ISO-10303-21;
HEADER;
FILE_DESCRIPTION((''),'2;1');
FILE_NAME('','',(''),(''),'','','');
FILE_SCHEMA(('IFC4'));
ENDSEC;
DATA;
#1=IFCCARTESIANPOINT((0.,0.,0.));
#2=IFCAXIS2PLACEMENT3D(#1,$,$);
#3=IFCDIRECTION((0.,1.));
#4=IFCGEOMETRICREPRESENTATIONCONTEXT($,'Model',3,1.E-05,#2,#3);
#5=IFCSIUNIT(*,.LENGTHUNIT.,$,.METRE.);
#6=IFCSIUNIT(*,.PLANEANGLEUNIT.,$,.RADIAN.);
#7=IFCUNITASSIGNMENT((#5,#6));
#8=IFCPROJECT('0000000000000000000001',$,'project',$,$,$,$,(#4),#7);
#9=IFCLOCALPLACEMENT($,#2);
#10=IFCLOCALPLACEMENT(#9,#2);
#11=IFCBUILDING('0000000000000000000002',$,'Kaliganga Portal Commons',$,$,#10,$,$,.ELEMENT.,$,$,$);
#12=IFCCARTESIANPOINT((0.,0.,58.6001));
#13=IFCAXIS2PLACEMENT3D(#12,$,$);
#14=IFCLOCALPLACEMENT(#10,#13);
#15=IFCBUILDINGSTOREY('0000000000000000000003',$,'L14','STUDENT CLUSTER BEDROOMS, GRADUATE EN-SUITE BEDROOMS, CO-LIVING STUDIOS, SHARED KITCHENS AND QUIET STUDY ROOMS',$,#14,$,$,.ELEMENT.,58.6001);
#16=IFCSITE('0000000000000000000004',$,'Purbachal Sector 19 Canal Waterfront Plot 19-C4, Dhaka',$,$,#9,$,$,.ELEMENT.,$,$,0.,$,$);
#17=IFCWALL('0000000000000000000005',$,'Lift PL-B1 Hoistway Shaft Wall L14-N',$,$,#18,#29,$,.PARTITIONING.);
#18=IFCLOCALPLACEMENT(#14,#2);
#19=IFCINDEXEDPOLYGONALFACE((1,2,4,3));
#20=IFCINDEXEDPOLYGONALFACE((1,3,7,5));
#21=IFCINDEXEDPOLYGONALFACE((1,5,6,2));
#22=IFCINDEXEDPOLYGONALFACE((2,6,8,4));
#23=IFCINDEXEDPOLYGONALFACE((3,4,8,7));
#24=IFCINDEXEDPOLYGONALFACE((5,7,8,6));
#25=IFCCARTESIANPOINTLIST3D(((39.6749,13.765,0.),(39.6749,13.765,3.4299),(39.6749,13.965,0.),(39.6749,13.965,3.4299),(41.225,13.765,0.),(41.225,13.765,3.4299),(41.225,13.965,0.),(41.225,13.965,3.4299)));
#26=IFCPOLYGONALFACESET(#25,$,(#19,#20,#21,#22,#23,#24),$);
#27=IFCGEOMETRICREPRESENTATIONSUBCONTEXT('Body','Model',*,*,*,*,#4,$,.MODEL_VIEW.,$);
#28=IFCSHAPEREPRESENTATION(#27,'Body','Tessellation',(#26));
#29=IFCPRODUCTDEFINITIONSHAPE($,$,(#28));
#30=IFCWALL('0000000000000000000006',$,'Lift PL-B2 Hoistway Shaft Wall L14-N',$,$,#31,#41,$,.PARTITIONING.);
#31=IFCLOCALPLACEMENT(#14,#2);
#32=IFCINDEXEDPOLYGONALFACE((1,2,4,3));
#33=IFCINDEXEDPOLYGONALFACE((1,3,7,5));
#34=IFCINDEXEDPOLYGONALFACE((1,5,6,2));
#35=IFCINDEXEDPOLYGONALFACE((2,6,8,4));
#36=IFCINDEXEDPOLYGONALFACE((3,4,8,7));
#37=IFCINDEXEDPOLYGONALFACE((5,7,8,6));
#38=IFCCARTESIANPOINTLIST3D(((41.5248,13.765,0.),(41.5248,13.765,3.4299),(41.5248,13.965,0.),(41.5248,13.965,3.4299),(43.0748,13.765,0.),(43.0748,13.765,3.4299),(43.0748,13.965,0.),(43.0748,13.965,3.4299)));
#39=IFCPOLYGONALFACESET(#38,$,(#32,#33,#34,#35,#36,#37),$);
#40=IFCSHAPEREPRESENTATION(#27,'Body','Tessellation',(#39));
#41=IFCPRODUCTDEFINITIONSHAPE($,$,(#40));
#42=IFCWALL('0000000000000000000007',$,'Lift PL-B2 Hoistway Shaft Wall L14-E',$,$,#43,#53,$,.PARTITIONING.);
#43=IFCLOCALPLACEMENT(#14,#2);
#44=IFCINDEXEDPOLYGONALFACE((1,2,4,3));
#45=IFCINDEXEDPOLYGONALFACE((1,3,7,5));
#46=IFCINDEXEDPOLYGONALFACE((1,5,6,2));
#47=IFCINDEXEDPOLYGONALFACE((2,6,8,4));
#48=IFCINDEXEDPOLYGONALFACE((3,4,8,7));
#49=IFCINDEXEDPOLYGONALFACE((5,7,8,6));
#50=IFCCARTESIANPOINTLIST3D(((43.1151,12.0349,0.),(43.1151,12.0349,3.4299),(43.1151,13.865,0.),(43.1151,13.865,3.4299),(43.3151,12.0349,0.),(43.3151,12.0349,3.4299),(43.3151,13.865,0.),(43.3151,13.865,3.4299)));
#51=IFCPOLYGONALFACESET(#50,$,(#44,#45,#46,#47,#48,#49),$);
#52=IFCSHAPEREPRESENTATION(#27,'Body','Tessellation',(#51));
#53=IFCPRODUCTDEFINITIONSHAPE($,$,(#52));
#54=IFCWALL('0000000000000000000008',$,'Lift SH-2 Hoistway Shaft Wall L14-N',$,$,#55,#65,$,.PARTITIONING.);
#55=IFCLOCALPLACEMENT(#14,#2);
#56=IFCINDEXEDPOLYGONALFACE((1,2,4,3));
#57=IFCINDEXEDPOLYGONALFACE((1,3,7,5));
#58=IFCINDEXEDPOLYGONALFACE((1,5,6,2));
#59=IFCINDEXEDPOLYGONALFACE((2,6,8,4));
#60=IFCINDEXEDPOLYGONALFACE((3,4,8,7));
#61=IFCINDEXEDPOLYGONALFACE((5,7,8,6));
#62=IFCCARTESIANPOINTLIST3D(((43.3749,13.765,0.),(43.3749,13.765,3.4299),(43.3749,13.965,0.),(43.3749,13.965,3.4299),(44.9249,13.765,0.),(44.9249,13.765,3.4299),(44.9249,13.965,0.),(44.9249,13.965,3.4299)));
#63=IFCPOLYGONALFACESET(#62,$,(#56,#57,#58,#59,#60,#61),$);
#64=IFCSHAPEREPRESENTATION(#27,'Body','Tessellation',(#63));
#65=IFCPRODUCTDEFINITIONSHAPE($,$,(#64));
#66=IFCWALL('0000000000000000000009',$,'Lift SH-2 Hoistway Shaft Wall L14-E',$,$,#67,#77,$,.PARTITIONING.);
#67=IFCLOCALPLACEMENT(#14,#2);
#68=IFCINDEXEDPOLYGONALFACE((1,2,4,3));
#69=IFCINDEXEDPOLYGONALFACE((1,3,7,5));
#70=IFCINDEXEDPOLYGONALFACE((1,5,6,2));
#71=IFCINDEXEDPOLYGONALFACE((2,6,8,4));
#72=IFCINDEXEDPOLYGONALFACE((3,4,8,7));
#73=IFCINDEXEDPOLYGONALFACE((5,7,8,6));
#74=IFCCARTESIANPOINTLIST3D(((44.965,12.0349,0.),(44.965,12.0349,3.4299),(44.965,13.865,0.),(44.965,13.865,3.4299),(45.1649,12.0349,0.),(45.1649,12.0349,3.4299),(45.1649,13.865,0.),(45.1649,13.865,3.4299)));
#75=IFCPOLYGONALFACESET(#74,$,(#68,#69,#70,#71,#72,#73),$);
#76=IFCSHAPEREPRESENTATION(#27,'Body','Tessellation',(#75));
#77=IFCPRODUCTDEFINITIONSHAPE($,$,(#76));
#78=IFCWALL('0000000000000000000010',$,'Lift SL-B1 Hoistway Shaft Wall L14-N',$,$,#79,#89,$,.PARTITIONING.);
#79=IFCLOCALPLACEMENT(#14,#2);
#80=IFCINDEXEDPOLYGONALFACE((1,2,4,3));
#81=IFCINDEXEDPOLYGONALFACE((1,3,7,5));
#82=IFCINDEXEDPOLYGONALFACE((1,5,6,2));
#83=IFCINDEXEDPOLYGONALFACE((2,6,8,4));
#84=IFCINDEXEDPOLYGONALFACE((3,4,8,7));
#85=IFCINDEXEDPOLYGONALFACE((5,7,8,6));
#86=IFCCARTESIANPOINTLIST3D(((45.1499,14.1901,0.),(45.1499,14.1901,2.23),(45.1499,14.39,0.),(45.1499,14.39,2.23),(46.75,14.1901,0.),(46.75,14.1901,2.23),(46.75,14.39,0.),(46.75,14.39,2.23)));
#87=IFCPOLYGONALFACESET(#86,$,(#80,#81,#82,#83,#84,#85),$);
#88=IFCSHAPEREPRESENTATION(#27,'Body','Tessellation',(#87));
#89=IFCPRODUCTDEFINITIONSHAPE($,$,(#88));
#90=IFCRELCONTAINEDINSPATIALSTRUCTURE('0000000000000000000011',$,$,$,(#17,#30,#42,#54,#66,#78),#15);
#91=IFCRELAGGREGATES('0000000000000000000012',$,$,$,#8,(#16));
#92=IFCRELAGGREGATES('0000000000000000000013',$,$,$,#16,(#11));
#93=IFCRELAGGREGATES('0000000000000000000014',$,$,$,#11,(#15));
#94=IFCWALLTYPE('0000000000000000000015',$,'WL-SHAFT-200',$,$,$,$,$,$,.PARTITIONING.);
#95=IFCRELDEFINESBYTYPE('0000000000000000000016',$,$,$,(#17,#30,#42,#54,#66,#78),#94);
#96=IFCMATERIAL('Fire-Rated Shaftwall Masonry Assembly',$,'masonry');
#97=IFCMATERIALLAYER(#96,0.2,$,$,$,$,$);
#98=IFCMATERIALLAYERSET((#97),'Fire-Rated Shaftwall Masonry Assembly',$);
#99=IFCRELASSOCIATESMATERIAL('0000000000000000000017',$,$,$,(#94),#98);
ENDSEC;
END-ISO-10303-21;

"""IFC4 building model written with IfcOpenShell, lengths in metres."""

from ifc_helpers import new_model, si_unit, direction, frame, frame_2d, origin, place, context, subcontext, project, spatial, rectangle, extrude, material, layer, layer_set, type_object, element, save


model = new_model("IFC4")

# Units and contexts
model_context = context("Model", 3, precision=1e-05, world=origin(), true_north=direction((0.0, 1.0)))
body_context = subcontext(model_context, "Body", "Model", "MODEL_VIEW")
ifc_project = project(units=[si_unit("LENGTHUNIT", "METRE"), si_unit("PLANEANGLEUNIT", "RADIAN")], contexts=[model_context])

# Site, building, storey
site_placement = place(None, origin())
site = spatial("IfcSite", under=ifc_project, at=site_placement, Name="Purbachal Sector 19 Canal Waterfront Plot 19-C4, Dhaka", CompositionType="ELEMENT", RefElevation=0.0)
building_placement = place(site_placement, origin())
building = spatial("IfcBuilding", under=site, at=building_placement, Name="Kaliganga Portal Commons", CompositionType="ELEMENT")
storey_placement = place(building_placement, frame((0.0, 0.0, 58.6001)))
storey = spatial("IfcBuildingStorey", under=building, at=storey_placement, Name="L14", Description="STUDENT CLUSTER BEDROOMS, GRADUATE EN-SUITE BEDROOMS, CO-LIVING STUDIOS, SHARED KITCHENS AND QUIET STUDY ROOMS", CompositionType="ELEMENT", Elevation=58.6001)

# Walls
ifc_material_1 = material(Name="Fire-Rated Shaftwall Masonry Assembly", Category="masonry")
ifc_layer_1 = layer(ifc_material_1, 0.2)
ifc_layer_set_1 = layer_set([ifc_layer_1], Name="Fire-Rated Shaftwall Masonry Assembly")
wall_type_1 = type_object("IfcWallType", Name="WL-SHAFT-200", PredefinedType="PARTITIONING", material=ifc_layer_set_1)
for number, where, z_axis, x_axis, name in (
    (1, (39.675, 13.865, 0.0), (0.0, 0.0, 1.0), (1.0, 0.0, 0.0), "Lift PL-B1 Hoistway Shaft Wall L14-N"),
    (2, (41.5249, 13.865, 0.0), (0.0, 0.0, 1.0), (1.0, 0.0, 0.0), "Lift PL-B2 Hoistway Shaft Wall L14-N"),
):
    element("IfcWall", number, at=place(storey_placement, frame(where, z_axis=z_axis, x_axis=x_axis)), inside=storey, type_object=wall_type_1, Name=name, PredefinedType="PARTITIONING", context=body_context, shape_type="SweptSolid", body=[
        extrude(rectangle(XDim=1.55, YDim=0.2, at=frame_2d((0.7749, 0.0))), origin(), (0.0, 0.0, 1.0), 3.4299),
    ])
wall_1_placement = place(storey_placement, frame((43.2151, 12.0349, 0.0), z_axis=(0.0, 0.0, 1.0), x_axis=(0.0, 1.0, 0.0)))
element("IfcWall", 3, at=wall_1_placement, inside=storey, type_object=wall_type_1, Name="Lift PL-B2 Hoistway Shaft Wall L14-E", PredefinedType="PARTITIONING", context=body_context, shape_type="SweptSolid", body=[
    extrude(rectangle(XDim=1.8301, YDim=0.2, at=frame_2d((0.915, 0.0))), origin(), (0.0, 0.0, 1.0), 3.4299),
])

# Walls
wall_2_placement = place(storey_placement, frame((43.375, 13.865, 0.0), z_axis=(0.0, 0.0, 1.0), x_axis=(1.0, 0.0, 0.0)))
element("IfcWall", 4, at=wall_2_placement, inside=storey, type_object=wall_type_1, Name="Lift SH-2 Hoistway Shaft Wall L14-N", PredefinedType="PARTITIONING", context=body_context, shape_type="SweptSolid", body=[
    extrude(rectangle(XDim=1.55, YDim=0.2, at=frame_2d((0.7749, 0.0))), origin(), (0.0, 0.0, 1.0), 3.4299),
])
wall_3_placement = place(storey_placement, frame((45.0649, 12.0349, 0.0), z_axis=(0.0, 0.0, 1.0), x_axis=(0.0, 1.0, 0.0)))
element("IfcWall", 5, at=wall_3_placement, inside=storey, type_object=wall_type_1, Name="Lift SH-2 Hoistway Shaft Wall L14-E", PredefinedType="PARTITIONING", context=body_context, shape_type="SweptSolid", body=[
    extrude(rectangle(XDim=1.8301, YDim=0.2, at=frame_2d((0.915, 0.0))), origin(), (0.0, 0.0, 1.0), 3.4299),
])
wall_4_placement = place(storey_placement, frame((45.1499, 14.29, 0.0), z_axis=(0.0, 0.0, 1.0), x_axis=(1.0, 0.0, 0.0)))
element("IfcWall", 6, at=wall_4_placement, inside=storey, type_object=wall_type_1, Name="Lift SL-B1 Hoistway Shaft Wall L14-N", PredefinedType="PARTITIONING", context=body_context, shape_type="SweptSolid", body=[
    extrude(rectangle(XDim=1.6001, YDim=0.2, at=frame_2d((0.8, 0.0))), origin(), (0.0, 0.0, 1.0), 2.23),
])

save(model, "model.ifc")
